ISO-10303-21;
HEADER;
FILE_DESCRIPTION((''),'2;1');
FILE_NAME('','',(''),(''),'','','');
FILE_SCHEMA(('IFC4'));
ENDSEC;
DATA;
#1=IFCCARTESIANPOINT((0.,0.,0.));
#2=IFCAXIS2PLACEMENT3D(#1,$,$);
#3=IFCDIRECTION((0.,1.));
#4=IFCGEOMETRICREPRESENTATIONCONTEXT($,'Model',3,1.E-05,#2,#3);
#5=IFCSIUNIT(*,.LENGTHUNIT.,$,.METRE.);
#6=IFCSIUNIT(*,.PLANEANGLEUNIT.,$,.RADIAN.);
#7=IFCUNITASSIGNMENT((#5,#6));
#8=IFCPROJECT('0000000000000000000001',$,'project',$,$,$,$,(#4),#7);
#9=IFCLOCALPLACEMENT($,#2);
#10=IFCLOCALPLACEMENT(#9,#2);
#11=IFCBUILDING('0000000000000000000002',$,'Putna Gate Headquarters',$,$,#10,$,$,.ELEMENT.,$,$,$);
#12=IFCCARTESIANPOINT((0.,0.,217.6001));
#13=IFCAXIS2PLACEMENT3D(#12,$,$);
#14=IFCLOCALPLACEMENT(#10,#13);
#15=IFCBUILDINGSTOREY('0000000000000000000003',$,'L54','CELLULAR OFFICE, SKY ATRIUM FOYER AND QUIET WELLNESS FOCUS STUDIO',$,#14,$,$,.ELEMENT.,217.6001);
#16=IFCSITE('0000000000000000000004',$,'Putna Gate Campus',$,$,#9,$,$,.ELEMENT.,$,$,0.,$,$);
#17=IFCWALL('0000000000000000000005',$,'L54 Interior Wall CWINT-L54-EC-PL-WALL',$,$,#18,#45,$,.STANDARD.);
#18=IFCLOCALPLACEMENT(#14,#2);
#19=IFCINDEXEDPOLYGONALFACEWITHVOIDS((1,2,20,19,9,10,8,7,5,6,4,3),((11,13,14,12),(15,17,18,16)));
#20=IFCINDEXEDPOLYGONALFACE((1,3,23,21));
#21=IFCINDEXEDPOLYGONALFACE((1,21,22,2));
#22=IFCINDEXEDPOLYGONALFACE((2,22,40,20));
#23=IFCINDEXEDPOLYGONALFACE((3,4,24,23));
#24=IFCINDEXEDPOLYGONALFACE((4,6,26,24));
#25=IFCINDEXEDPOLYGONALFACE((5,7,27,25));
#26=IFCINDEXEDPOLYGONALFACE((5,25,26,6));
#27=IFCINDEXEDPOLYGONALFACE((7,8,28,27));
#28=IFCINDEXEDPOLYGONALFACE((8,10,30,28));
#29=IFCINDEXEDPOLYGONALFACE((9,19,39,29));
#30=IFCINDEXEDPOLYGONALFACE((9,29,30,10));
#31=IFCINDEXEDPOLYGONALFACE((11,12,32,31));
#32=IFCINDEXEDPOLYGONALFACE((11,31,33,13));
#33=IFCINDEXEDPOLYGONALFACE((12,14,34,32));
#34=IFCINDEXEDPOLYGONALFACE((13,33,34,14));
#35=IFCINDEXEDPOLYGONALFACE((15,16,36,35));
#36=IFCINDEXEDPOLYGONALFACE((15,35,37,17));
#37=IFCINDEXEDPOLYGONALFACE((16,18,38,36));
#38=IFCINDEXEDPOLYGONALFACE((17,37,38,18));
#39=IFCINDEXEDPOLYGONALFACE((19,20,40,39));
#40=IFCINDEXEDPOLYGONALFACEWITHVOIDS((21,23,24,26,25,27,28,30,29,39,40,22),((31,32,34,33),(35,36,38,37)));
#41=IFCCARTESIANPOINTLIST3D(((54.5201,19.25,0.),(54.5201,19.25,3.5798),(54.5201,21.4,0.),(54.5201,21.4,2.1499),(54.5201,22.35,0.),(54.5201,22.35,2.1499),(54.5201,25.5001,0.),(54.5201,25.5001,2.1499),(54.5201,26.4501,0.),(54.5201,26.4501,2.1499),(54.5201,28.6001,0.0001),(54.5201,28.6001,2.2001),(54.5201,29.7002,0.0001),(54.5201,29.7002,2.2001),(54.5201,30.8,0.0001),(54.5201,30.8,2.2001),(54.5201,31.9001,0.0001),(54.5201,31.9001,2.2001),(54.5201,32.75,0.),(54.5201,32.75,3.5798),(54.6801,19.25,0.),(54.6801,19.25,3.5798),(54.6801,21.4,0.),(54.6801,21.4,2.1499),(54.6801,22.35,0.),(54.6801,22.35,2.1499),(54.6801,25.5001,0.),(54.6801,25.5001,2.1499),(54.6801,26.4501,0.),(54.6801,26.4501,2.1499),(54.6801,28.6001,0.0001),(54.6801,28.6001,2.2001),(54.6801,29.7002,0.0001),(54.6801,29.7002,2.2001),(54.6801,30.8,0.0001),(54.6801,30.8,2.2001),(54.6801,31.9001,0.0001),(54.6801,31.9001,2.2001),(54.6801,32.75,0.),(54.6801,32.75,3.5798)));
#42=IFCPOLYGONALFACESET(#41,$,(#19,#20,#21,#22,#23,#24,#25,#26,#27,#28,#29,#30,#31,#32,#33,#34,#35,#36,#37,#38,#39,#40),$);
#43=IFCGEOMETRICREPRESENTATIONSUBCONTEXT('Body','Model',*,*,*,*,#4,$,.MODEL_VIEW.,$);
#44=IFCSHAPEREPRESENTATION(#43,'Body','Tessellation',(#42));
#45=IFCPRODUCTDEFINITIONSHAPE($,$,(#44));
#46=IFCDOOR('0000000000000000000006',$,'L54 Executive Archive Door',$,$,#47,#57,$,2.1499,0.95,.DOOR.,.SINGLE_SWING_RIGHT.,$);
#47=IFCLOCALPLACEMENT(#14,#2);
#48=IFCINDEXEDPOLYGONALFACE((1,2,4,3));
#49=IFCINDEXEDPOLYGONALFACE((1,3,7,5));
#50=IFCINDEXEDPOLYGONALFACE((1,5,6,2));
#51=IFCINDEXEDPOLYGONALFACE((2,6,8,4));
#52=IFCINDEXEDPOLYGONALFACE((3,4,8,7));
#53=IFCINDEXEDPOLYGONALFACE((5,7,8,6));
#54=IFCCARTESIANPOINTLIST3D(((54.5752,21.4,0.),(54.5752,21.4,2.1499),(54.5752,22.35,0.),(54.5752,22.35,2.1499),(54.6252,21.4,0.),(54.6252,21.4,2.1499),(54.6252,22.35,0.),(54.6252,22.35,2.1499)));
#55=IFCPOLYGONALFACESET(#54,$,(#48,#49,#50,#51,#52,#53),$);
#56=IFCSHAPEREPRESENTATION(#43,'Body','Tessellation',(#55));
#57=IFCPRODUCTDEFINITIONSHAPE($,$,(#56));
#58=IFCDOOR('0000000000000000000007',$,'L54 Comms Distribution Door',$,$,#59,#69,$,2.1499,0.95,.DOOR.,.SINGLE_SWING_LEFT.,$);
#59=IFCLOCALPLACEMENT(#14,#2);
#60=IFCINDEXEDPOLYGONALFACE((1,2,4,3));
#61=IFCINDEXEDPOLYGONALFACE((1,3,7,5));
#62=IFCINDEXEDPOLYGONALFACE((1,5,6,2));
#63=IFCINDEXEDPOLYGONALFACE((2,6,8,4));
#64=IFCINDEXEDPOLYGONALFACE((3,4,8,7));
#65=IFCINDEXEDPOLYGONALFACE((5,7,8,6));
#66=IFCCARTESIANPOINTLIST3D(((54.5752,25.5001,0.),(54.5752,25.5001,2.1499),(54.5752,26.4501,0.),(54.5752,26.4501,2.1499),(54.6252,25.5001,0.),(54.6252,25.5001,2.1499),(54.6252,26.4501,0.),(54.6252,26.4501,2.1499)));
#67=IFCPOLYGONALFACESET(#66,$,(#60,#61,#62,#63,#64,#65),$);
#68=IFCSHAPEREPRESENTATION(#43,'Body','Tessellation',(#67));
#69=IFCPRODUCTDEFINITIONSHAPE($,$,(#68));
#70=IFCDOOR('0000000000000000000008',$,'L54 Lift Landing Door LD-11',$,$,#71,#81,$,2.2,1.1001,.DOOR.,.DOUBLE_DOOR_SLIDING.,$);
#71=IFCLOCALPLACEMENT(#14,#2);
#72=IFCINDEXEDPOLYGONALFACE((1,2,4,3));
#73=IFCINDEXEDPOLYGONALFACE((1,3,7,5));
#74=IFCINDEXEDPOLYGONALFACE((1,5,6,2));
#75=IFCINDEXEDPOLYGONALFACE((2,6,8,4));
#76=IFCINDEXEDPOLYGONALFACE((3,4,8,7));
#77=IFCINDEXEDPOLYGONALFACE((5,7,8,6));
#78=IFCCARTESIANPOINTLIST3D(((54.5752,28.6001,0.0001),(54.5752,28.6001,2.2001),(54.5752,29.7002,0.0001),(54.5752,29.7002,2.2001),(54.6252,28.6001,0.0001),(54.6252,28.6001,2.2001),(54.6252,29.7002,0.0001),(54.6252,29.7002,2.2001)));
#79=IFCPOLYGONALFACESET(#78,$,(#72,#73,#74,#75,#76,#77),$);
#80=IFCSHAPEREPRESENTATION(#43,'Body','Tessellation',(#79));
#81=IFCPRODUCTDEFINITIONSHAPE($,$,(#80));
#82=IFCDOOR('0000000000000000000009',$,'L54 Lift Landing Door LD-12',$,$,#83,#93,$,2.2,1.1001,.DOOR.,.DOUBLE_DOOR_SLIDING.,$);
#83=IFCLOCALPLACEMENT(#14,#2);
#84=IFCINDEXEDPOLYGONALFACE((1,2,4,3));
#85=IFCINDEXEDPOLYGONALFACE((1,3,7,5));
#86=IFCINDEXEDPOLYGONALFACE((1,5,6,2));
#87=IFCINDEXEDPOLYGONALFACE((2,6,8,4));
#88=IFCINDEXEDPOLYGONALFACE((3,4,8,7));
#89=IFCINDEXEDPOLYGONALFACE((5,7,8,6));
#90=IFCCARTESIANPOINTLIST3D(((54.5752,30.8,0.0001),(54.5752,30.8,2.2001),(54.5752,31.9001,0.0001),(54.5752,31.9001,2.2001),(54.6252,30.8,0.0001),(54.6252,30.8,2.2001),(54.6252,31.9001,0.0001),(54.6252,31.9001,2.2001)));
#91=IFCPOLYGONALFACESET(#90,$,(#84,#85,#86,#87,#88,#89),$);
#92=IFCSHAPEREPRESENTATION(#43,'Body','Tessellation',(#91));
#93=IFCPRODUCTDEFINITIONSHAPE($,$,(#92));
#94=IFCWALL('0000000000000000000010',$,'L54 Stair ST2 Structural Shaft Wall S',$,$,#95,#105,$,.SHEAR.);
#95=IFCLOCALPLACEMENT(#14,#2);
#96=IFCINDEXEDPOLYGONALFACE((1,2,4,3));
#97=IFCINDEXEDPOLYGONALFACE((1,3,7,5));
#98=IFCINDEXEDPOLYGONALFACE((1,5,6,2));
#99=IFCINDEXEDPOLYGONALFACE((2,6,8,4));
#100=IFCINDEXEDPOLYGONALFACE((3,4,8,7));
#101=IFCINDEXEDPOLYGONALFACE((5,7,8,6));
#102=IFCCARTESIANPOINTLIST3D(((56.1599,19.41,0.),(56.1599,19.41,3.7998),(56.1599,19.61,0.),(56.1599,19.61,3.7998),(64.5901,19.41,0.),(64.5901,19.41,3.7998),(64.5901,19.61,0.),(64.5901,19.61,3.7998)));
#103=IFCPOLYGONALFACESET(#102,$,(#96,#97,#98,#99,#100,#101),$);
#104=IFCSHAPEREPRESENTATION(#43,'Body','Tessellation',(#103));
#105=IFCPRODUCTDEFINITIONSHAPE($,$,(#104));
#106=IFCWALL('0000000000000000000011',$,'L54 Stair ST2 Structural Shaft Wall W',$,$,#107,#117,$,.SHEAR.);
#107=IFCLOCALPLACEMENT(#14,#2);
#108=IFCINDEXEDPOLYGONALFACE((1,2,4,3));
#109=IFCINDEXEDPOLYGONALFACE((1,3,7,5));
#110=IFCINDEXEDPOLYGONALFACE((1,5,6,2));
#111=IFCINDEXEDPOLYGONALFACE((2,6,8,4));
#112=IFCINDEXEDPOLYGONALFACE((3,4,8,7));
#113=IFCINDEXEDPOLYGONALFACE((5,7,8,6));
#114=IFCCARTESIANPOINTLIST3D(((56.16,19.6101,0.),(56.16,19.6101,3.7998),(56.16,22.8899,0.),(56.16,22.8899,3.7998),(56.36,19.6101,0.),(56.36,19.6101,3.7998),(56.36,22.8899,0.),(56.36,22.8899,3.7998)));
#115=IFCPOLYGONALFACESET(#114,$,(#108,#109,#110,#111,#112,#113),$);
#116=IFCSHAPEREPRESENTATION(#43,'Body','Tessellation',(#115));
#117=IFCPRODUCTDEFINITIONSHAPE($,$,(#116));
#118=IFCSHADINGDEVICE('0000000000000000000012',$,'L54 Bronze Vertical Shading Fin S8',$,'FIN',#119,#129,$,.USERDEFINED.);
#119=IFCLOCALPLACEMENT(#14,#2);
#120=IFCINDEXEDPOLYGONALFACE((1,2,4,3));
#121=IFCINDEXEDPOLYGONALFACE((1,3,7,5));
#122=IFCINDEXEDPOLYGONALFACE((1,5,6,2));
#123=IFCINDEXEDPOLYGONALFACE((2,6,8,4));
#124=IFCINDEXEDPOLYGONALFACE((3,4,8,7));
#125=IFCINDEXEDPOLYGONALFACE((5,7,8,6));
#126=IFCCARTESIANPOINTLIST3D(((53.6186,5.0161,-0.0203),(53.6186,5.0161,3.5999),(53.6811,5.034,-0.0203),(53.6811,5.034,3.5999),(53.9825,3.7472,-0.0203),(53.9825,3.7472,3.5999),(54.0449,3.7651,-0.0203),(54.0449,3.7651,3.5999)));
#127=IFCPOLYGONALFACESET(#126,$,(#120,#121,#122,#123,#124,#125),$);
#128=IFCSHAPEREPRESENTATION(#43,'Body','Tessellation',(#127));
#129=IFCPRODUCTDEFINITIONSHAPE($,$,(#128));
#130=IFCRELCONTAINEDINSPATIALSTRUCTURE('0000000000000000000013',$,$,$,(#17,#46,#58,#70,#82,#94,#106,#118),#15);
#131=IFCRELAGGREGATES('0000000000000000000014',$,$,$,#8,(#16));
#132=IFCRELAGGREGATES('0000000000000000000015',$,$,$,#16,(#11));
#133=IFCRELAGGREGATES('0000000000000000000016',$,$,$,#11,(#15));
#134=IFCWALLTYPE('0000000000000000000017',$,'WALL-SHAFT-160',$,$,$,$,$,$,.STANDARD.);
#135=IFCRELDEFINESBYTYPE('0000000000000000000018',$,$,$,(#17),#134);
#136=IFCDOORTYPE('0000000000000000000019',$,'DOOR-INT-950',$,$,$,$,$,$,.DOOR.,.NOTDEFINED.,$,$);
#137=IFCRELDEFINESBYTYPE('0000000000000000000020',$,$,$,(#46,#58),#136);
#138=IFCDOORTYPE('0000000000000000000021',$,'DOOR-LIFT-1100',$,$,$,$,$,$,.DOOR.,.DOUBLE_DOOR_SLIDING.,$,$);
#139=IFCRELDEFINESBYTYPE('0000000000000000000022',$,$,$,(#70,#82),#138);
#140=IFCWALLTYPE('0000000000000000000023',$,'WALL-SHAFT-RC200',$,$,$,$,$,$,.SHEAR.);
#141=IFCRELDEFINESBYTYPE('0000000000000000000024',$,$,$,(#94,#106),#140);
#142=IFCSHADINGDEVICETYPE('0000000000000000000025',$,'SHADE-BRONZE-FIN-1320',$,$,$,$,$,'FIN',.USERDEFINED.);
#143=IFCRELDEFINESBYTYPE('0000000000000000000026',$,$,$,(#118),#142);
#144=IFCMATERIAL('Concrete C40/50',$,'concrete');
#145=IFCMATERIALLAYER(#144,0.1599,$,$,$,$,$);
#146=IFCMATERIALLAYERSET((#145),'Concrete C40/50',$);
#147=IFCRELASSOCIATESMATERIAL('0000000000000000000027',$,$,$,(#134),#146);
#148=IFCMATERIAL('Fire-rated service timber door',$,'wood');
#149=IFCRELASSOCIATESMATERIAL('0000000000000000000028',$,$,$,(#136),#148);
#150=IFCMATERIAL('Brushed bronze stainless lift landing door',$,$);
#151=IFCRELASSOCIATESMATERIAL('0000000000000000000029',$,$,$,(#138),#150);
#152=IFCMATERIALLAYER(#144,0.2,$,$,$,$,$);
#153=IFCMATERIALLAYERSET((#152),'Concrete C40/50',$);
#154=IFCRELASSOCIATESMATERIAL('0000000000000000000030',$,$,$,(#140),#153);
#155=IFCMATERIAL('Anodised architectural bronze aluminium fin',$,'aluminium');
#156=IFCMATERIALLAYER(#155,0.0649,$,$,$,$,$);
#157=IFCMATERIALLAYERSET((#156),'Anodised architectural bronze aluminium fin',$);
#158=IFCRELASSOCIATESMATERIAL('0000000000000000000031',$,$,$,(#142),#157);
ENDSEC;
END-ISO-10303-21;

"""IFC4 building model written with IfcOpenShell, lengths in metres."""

from ifc_helpers import new_model, si_unit, direction, frame, frame_2d, origin, origin_2d, place, context, subcontext, project, spatial, rectangle, extrude, material, layer, layer_set, type_object, element, fill, save


model = new_model("IFC4")

# Units and contexts
model_context = context("Model", 3, precision=1e-05, world=origin(), true_north=direction((0.0, 1.0)))
body_context = subcontext(model_context, "Body", "Model", "MODEL_VIEW")
ifc_project = project(units=[si_unit("LENGTHUNIT", "METRE"), si_unit("PLANEANGLEUNIT", "RADIAN")], contexts=[model_context])

# Site, building, storey
site_placement = place(None, origin())
site = spatial("IfcSite", under=ifc_project, at=site_placement, Name="Putna Gate Campus", CompositionType="ELEMENT", RefElevation=0.0)
building_placement = place(site_placement, origin())
building = spatial("IfcBuilding", under=site, at=building_placement, Name="Putna Gate Headquarters", CompositionType="ELEMENT")
storey_placement = place(building_placement, frame((0.0, 0.0, 217.6001)))
storey = spatial("IfcBuildingStorey", under=building, at=storey_placement, Name="L54", Description="CELLULAR OFFICE, SKY ATRIUM FOYER AND QUIET WELLNESS FOCUS STUDIO", CompositionType="ELEMENT", Elevation=217.6001)

# Wall, openings, doors
ifc_material_1 = material(Name="Concrete C40/50", Category="concrete")
ifc_layer_1 = layer(ifc_material_1, 0.1599)
ifc_layer_set_1 = layer_set([ifc_layer_1], Name="Concrete C40/50")
wall_type_1 = type_object("IfcWallType", Name="WALL-SHAFT-160", PredefinedType="STANDARD", material=ifc_layer_set_1)
wall_1_placement = place(storey_placement, frame((54.6001, 19.25, 0.0), z_axis=(0.0, 0.0, 1.0), x_axis=(0.0, 1.0, 0.0)))
wall_1 = element("IfcWall", 1, at=wall_1_placement, inside=storey, type_object=wall_type_1, Name="L54 Interior Wall CWINT-L54-EC-PL-WALL", PredefinedType="STANDARD", context=body_context, shape_type="SweptSolid", body=[
    extrude(rectangle(XDim=13.5, YDim=0.1599, at=frame_2d((6.75, 0.0))), origin(), (0.0, 0.0, 1.0), 3.5798),
])
opening_1_placement = place(wall_1_placement, frame((2.1499, 0.0, 0.0)))
opening_1 = element("IfcOpeningElement", 2, at=opening_1_placement, cuts=wall_1, PredefinedType="OPENING", context=body_context, shape_type="SweptSolid", body=[
    extrude(rectangle(XDim=0.95, YDim=2.1499, at=frame_2d((0.4751, 1.075))), frame((0.0, 0.0898, 0.0), z_axis=(0.0, -1.0, 0.0), x_axis=(1.0, 0.0, 0.0)), (0.0, 0.0, 1.0), 0.1799),
])
opening_2_placement = place(wall_1_placement, frame((6.25, 0.0, 0.0)))
opening_2 = element("IfcOpeningElement", 3, at=opening_2_placement, cuts=wall_1, PredefinedType="OPENING", context=body_context, shape_type="SweptSolid", body=[
    extrude(rectangle(XDim=0.95, YDim=2.1499, at=frame_2d((0.4751, 1.075))), frame((0.0, 0.0898, 0.0), z_axis=(0.0, -1.0, 0.0), x_axis=(1.0, 0.0, 0.0)), (0.0, 0.0, 1.0), 0.1799),
])
opening_3_placement = place(wall_1_placement, frame((9.3501, 0.0, 0.0)))
opening_3 = element("IfcOpeningElement", 4, at=opening_3_placement, cuts=wall_1, PredefinedType="OPENING", context=body_context, shape_type="SweptSolid", body=[
    extrude(rectangle(XDim=1.1001, YDim=2.2, at=frame_2d((0.55, 1.1001))), frame((0.0, 0.0898, 0.0), z_axis=(0.0, -1.0, 0.0), x_axis=(1.0, 0.0, 0.0)), (0.0, 0.0, 1.0), 0.1799),
])
opening_4_placement = place(wall_1_placement, frame((11.55, 0.0, 0.0)))
opening_4 = element("IfcOpeningElement", 5, at=opening_4_placement, cuts=wall_1, PredefinedType="OPENING", context=body_context, shape_type="SweptSolid", body=[
    extrude(rectangle(XDim=1.1001, YDim=2.2, at=frame_2d((0.55, 1.1001))), frame((0.0, 0.0898, 0.0), z_axis=(0.0, -1.0, 0.0), x_axis=(1.0, 0.0, 0.0)), (0.0, 0.0, 1.0), 0.1799),
])
ifc_material_2 = material(Name="Fire-rated service timber door", Category="wood")
door_type_1 = type_object("IfcDoorType", Name="DOOR-INT-950", OperationType="NOTDEFINED", PredefinedType="DOOR", material=ifc_material_2)
door_1_placement = place(opening_1_placement, origin())
door_1 = element("IfcDoor", 6, at=door_1_placement, inside=storey, type_object=door_type_1, Name="L54 Executive Archive Door", OperationType="SINGLE_SWING_RIGHT", OverallHeight=2.1499, OverallWidth=0.95, PredefinedType="DOOR", context=body_context, shape_type="SweptSolid", body=[
    extrude(rectangle(XDim=0.95, YDim=2.1499, at=frame_2d((0.4751, 1.075))), frame((0.0, 0.0249, 0.0), z_axis=(0.0, -1.0, 0.0), x_axis=(1.0, 0.0, 0.0)), (0.0, 0.0, 1.0), 0.05),
])
fill(opening_1, door_1)
door_2_placement = place(opening_2_placement, origin())
door_2 = element("IfcDoor", 7, at=door_2_placement, inside=storey, type_object=door_type_1, Name="L54 Comms Distribution Door", OperationType="SINGLE_SWING_LEFT", OverallHeight=2.1499, OverallWidth=0.95, PredefinedType="DOOR", context=body_context, shape_type="SweptSolid", body=[
    extrude(rectangle(XDim=0.95, YDim=2.1499, at=frame_2d((0.4751, 1.075))), frame((0.0, 0.0249, 0.0), z_axis=(0.0, -1.0, 0.0), x_axis=(1.0, 0.0, 0.0)), (0.0, 0.0, 1.0), 0.05),
])
fill(opening_2, door_2)
ifc_material_3 = material(Name="Brushed bronze stainless lift landing door")
door_type_2 = type_object("IfcDoorType", Name="DOOR-LIFT-1100", OperationType="DOUBLE_DOOR_SLIDING", PredefinedType="DOOR", material=ifc_material_3)
door_3_placement = place(opening_3_placement, origin())
door_3 = element("IfcDoor", 8, at=door_3_placement, inside=storey, type_object=door_type_2, Name="L54 Lift Landing Door LD-11", OperationType="DOUBLE_DOOR_SLIDING", OverallHeight=2.2, OverallWidth=1.1001, PredefinedType="DOOR", context=body_context, shape_type="SweptSolid", body=[
    extrude(rectangle(XDim=1.1001, YDim=2.2, at=frame_2d((0.55, 1.1001))), frame((0.0, 0.0249, 0.0), z_axis=(0.0, -1.0, 0.0), x_axis=(1.0, 0.0, 0.0)), (0.0, 0.0, 1.0), 0.05),
])
fill(opening_3, door_3)
door_4_placement = place(opening_4_placement, origin())
door_4 = element("IfcDoor", 9, at=door_4_placement, inside=storey, type_object=door_type_2, Name="L54 Lift Landing Door LD-12", OperationType="DOUBLE_DOOR_SLIDING", OverallHeight=2.2, OverallWidth=1.1001, PredefinedType="DOOR", context=body_context, shape_type="SweptSolid", body=[
    extrude(rectangle(XDim=1.1001, YDim=2.2, at=frame_2d((0.55, 1.1001))), frame((0.0, 0.0249, 0.0), z_axis=(0.0, -1.0, 0.0), x_axis=(1.0, 0.0, 0.0)), (0.0, 0.0, 1.0), 0.05),
])
fill(opening_4, door_4)

# Walls
ifc_layer_2 = layer(ifc_material_1, 0.2)
ifc_layer_set_2 = layer_set([ifc_layer_2], Name="Concrete C40/50")
wall_type_2 = type_object("IfcWallType", Name="WALL-SHAFT-RC200", PredefinedType="SHEAR", material=ifc_layer_set_2)
wall_2_placement = place(storey_placement, frame((56.1599, 19.51, 0.0), z_axis=(0.0, 0.0, 1.0), x_axis=(1.0, 0.0, 0.0)))
element("IfcWall", 10, at=wall_2_placement, inside=storey, type_object=wall_type_2, Name="L54 Stair ST2 Structural Shaft Wall S", PredefinedType="SHEAR", context=body_context, shape_type="SweptSolid", body=[
    extrude(rectangle(XDim=8.4302, YDim=0.2, at=frame_2d((4.2151, 0.0))), origin(), (0.0, 0.0, 1.0), 3.7998),
])
wall_3_placement = place(storey_placement, frame((56.26, 19.6101, 0.0), z_axis=(0.0, 0.0, 1.0), x_axis=(0.0, 1.0, 0.0)))
element("IfcWall", 11, at=wall_3_placement, inside=storey, type_object=wall_type_2, Name="L54 Stair ST2 Structural Shaft Wall W", PredefinedType="SHEAR", context=body_context, shape_type="SweptSolid", body=[
    extrude(rectangle(XDim=3.2798, YDim=0.2, at=frame_2d((1.6399, 0.0))), origin(), (0.0, 0.0, 1.0), 3.7998),
])

# Shading device
ifc_material_4 = material(Name="Anodised architectural bronze aluminium fin", Category="aluminium")
ifc_layer_3 = layer(ifc_material_4, 0.0649)
ifc_layer_set_3 = layer_set([ifc_layer_3], Name="Anodised architectural bronze aluminium fin")
shading_device_type = type_object("IfcShadingDeviceType", Name="SHADE-BRONZE-FIN-1320", ElementType="FIN", PredefinedType="USERDEFINED", material=ifc_layer_set_3)
shading_device_placement = place(storey_placement, frame((53.8318, 4.3906, -0.0203), z_axis=(0.0, 0.0, 1.0), x_axis=(0.275637, -0.961262, 0.0)))
element("IfcShadingDevice", 12, at=shading_device_placement, inside=storey, type_object=shading_device_type, Name="L54 Bronze Vertical Shading Fin S8", ObjectType="FIN", PredefinedType="USERDEFINED", context=body_context, shape_type="SweptSolid", body=[
    extrude(rectangle(XDim=1.3201, YDim=0.0649, at=origin_2d()), origin(), (0.0, 0.0, 1.0), 3.6201),
])

save(model, "model.ifc")
